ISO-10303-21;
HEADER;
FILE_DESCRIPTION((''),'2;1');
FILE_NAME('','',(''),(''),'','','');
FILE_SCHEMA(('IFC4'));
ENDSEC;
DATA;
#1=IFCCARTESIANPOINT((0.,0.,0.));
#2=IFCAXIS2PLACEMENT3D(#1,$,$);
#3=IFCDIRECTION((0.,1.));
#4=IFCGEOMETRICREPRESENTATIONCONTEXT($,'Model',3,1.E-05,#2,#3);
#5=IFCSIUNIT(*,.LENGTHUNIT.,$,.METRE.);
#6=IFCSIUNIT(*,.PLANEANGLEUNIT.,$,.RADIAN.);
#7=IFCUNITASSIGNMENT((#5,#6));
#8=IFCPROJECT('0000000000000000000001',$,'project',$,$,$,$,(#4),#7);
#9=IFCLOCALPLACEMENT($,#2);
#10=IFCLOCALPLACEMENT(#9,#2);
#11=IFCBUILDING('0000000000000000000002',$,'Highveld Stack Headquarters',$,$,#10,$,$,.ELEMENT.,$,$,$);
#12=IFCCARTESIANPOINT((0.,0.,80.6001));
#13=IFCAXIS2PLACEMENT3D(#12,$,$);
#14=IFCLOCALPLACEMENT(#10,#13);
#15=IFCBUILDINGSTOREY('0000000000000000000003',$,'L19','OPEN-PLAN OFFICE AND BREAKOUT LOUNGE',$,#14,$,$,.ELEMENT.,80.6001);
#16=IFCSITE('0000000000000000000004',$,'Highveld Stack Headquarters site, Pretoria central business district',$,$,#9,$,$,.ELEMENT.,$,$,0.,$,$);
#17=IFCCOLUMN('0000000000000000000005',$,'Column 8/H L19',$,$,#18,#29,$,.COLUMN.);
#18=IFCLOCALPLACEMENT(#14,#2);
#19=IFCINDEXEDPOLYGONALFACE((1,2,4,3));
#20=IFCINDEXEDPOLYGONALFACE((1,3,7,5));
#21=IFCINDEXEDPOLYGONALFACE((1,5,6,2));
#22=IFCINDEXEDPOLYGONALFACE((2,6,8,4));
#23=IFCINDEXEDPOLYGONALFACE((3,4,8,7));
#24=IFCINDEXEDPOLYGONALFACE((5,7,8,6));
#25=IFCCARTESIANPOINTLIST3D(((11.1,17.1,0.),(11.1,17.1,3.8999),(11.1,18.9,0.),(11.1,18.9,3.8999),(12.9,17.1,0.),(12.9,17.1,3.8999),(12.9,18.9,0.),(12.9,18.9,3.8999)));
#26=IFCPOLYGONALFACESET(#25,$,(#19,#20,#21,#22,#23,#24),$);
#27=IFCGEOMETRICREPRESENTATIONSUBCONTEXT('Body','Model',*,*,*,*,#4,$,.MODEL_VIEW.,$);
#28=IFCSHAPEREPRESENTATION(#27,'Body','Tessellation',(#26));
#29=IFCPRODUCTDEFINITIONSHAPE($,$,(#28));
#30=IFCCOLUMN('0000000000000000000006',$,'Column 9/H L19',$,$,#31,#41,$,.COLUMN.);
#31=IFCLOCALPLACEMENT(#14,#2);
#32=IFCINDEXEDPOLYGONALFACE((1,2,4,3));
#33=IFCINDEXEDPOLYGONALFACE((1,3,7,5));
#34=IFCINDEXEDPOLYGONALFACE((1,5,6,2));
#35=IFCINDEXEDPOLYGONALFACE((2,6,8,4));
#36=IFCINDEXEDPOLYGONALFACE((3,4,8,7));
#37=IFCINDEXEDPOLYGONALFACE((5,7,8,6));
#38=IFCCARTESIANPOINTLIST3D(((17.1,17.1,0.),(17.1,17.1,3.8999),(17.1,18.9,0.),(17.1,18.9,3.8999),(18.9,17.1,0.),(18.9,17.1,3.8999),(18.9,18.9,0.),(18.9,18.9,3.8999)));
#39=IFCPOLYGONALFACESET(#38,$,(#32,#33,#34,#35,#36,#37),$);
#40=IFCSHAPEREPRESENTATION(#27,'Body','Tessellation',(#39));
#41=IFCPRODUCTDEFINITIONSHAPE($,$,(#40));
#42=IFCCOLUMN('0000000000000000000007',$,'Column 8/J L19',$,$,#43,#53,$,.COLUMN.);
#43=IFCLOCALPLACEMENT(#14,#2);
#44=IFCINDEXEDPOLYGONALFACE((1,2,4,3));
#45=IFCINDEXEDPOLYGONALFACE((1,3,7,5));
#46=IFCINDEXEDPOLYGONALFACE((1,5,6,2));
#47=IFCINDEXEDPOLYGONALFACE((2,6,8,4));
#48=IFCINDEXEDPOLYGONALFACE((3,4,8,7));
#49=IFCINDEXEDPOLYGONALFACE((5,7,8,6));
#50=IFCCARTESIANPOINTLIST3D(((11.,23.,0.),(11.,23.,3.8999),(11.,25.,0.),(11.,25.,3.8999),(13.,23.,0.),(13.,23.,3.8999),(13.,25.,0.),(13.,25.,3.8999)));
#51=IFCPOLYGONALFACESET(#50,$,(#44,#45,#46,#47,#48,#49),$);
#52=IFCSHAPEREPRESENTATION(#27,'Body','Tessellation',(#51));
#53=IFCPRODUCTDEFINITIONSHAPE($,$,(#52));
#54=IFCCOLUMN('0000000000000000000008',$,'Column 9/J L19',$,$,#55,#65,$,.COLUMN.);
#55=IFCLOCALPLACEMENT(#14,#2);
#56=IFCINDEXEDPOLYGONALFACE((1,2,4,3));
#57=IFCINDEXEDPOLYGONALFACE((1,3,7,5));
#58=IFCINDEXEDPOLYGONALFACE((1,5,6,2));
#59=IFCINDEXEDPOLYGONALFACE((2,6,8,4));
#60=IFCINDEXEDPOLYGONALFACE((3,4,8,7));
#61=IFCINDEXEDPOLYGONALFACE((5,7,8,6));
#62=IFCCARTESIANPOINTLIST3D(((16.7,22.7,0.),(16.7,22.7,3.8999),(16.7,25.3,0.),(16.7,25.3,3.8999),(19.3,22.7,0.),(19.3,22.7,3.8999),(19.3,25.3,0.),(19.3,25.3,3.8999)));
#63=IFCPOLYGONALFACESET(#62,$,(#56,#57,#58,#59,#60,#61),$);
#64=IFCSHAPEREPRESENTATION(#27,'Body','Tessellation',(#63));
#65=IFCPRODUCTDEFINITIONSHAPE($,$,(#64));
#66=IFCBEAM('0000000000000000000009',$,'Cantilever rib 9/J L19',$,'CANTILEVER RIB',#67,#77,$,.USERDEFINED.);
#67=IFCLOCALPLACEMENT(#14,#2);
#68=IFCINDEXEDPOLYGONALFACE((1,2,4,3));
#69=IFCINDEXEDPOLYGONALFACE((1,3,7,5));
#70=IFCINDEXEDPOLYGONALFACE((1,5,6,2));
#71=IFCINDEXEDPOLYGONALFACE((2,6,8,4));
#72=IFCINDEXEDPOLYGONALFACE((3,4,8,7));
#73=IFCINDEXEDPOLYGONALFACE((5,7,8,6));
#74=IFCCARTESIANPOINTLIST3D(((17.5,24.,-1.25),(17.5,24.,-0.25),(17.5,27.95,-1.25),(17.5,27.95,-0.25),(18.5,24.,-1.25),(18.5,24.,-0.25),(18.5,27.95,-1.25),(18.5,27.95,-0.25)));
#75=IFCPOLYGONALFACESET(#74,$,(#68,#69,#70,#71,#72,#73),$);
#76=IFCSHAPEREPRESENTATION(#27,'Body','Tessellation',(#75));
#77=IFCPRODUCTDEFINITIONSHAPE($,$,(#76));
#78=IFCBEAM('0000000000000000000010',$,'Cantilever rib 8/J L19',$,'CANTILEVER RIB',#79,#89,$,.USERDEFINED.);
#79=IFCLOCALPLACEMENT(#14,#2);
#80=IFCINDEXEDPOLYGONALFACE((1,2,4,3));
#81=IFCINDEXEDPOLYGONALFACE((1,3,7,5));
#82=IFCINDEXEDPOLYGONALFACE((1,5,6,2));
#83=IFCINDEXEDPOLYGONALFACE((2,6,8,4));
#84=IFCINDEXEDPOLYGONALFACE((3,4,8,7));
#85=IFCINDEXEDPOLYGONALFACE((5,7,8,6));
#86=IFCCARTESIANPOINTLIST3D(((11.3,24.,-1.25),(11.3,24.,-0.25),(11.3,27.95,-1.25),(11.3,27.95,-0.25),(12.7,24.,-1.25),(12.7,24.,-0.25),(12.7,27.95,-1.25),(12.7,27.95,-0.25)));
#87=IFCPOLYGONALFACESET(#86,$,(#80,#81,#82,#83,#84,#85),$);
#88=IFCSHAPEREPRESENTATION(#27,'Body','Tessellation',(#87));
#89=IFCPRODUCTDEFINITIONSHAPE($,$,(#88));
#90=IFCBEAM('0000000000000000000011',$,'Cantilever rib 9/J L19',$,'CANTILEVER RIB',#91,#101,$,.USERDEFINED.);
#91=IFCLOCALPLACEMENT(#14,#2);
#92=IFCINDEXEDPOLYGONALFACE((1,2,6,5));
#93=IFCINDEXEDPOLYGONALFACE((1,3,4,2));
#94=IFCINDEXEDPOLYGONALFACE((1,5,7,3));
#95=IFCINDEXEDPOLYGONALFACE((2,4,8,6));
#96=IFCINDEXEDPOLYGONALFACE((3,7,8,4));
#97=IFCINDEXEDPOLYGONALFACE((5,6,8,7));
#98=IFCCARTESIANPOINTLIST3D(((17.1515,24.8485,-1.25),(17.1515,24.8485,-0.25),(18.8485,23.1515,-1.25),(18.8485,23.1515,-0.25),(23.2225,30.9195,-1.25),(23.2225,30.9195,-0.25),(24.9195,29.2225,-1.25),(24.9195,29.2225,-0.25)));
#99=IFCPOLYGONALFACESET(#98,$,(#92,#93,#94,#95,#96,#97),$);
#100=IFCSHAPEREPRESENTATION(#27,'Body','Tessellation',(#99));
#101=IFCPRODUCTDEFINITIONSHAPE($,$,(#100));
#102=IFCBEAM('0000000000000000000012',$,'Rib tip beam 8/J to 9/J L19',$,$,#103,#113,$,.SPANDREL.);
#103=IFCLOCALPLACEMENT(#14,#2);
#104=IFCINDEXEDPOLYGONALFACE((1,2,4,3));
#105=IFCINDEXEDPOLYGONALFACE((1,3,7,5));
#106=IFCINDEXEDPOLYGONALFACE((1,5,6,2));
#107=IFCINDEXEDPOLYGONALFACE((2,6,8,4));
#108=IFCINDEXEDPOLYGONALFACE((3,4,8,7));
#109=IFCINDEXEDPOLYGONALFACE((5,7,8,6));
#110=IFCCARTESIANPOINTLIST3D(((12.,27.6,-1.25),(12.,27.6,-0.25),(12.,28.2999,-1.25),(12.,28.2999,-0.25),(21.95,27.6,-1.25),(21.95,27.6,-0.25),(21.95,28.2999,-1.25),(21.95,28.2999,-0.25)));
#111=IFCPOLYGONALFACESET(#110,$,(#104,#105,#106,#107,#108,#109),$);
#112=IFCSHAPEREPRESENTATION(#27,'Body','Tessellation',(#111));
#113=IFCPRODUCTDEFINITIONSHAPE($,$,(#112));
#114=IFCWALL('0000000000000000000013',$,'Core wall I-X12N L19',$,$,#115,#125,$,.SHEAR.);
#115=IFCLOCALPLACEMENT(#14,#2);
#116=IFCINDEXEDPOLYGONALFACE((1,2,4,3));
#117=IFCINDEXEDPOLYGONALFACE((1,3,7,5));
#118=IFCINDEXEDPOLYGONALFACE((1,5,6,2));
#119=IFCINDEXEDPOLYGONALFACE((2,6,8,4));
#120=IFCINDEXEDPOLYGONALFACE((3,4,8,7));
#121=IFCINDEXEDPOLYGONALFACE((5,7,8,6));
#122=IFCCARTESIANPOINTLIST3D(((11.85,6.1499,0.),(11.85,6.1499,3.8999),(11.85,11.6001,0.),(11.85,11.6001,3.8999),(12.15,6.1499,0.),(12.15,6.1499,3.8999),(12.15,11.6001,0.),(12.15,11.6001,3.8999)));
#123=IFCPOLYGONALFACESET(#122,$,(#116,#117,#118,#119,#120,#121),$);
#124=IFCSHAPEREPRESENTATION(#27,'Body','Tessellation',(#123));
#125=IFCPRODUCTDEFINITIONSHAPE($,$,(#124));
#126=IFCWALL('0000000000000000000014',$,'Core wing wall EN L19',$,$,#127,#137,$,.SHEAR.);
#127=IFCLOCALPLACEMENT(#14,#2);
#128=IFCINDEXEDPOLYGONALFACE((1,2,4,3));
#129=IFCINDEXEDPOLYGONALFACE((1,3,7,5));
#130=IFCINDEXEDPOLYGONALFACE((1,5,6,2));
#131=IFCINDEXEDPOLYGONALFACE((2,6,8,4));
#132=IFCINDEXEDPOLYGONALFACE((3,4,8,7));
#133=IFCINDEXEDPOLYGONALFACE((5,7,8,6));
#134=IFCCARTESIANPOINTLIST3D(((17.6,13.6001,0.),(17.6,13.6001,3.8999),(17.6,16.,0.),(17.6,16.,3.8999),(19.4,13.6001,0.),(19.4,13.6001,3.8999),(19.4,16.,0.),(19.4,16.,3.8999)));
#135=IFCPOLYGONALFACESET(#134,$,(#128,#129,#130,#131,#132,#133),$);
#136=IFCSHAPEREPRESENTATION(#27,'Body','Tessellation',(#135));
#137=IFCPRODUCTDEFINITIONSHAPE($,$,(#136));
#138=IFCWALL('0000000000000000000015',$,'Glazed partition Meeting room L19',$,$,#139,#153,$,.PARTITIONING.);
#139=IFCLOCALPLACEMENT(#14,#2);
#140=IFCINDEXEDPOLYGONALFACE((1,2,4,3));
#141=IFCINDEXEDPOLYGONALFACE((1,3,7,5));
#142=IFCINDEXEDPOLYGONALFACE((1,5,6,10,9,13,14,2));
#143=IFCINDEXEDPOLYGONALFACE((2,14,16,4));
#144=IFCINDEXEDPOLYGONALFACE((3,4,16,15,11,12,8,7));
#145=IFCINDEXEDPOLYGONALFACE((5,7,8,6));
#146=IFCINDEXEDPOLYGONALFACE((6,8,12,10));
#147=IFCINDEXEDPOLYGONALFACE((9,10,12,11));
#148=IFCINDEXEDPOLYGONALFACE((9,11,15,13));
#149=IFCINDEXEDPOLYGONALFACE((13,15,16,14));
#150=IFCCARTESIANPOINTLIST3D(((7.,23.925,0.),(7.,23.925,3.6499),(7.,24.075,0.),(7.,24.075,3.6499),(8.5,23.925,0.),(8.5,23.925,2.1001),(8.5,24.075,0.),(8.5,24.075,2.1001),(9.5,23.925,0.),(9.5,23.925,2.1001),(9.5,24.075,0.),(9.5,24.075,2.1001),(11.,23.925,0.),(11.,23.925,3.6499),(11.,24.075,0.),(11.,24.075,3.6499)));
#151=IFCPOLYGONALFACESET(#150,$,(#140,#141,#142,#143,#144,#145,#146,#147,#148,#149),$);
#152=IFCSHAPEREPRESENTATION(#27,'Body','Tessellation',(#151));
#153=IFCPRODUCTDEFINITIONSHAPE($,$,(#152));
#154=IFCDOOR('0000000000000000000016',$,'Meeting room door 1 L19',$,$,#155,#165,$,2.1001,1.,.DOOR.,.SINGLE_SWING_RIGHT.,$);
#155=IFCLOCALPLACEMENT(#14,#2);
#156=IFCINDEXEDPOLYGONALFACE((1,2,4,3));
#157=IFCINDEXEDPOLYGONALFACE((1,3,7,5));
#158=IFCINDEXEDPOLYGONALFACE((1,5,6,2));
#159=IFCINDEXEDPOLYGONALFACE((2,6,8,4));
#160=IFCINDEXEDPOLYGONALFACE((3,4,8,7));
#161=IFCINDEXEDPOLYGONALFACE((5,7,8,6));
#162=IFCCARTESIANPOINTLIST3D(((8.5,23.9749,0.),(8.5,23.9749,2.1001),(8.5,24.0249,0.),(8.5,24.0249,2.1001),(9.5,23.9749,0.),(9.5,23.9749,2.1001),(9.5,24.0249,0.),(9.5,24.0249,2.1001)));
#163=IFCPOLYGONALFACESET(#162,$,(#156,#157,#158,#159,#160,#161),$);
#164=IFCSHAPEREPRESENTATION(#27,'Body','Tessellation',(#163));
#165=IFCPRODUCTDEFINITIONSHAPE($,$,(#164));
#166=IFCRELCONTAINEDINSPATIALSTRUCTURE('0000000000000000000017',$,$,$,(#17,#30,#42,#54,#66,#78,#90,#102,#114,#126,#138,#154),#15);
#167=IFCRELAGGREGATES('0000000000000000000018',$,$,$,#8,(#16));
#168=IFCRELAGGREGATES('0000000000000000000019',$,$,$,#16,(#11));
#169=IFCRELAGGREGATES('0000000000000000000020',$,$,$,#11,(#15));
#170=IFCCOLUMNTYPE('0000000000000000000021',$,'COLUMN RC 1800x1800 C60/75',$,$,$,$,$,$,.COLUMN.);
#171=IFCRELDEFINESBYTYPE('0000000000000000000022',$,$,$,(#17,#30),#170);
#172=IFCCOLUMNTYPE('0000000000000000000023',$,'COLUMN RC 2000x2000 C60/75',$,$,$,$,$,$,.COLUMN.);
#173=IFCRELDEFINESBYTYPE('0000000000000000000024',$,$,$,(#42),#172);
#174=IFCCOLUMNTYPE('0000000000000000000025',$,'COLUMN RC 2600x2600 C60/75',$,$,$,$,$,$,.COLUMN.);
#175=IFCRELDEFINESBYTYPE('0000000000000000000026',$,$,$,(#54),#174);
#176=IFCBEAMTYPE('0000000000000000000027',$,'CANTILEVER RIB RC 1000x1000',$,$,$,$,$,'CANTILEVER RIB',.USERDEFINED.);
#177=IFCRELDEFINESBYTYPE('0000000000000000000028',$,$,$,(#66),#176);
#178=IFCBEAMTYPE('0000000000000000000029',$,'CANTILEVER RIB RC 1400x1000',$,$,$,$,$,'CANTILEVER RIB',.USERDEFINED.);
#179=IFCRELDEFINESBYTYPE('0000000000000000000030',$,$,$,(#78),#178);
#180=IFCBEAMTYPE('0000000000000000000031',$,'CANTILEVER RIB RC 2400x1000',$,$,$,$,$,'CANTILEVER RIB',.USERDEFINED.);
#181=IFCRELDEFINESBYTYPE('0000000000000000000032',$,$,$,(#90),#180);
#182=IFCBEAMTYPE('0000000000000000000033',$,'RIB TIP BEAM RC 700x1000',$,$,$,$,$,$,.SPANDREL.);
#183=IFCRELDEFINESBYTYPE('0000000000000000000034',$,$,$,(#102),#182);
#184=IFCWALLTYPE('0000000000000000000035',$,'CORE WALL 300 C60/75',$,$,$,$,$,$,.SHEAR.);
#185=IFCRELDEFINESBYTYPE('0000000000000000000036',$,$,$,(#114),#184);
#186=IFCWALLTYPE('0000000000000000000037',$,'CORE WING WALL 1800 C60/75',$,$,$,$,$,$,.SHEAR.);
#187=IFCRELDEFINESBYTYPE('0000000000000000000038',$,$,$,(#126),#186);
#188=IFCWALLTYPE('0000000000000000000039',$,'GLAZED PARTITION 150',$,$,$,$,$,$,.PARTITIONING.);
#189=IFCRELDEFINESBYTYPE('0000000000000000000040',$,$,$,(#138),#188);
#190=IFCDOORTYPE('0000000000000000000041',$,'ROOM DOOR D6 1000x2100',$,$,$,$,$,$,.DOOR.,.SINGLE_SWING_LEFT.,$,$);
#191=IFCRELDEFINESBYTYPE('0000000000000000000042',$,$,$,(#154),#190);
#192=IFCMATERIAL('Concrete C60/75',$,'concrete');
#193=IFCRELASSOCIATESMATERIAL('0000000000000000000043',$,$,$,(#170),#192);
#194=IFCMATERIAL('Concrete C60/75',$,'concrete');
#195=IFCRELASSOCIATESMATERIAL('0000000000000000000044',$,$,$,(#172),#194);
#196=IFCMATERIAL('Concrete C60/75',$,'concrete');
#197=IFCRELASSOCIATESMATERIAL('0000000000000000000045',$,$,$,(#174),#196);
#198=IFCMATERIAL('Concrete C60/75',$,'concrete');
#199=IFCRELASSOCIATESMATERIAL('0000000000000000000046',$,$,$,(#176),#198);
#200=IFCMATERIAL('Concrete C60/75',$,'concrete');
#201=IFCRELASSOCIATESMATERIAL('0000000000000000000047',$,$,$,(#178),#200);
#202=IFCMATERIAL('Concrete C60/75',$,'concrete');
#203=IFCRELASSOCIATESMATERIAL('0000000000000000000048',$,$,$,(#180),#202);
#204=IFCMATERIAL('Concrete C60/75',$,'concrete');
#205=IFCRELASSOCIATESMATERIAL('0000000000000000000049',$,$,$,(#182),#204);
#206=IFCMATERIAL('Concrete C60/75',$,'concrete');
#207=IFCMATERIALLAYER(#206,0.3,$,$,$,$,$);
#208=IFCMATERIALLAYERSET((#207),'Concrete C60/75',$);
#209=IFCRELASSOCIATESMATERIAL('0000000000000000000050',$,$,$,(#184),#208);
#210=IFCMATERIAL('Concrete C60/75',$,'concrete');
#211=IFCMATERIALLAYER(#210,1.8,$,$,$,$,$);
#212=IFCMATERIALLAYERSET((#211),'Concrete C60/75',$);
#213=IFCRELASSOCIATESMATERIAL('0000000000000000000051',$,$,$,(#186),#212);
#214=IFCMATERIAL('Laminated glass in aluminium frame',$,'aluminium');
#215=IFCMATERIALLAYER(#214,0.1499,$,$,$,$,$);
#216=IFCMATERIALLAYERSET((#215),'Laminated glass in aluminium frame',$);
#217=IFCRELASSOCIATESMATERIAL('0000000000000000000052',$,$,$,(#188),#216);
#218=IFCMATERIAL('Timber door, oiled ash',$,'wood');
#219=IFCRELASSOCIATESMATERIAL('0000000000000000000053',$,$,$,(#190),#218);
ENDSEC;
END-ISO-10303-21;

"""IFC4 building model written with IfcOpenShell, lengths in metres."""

from ifc_helpers import new_model, si_unit, direction, frame, frame_2d, origin, origin_2d, place, context, subcontext, project, spatial, rectangle, extrude, material, layer, layer_set, material_profile, profile_set, type_object, element, fill, save


model = new_model("IFC4")

# Units and contexts
model_context = context("Model", 3, precision=1e-05, world=origin(), true_north=direction((0.0, 1.0)))
body_context = subcontext(model_context, "Body", "Model", "MODEL_VIEW")
ifc_project = project(units=[si_unit("LENGTHUNIT", "METRE"), si_unit("PLANEANGLEUNIT", "RADIAN")], contexts=[model_context])

# Site, building, storey
site_placement = place(None, origin())
site = spatial("IfcSite", under=ifc_project, at=site_placement, Name="Highveld Stack Headquarters site, Pretoria central business district", CompositionType="ELEMENT", RefElevation=0.0)
building_placement = place(site_placement, origin())
building = spatial("IfcBuilding", under=site, at=building_placement, Name="Highveld Stack Headquarters", CompositionType="ELEMENT")
storey_placement = place(building_placement, frame((0.0, 0.0, 80.6001)))
storey = spatial("IfcBuildingStorey", under=building, at=storey_placement, Name="L19", Description="OPEN-PLAN OFFICE AND BREAKOUT LOUNGE", CompositionType="ELEMENT", Elevation=80.6001)

# Columns
ifc_material_1 = material(Name="Concrete C60/75", Category="concrete")
ifc_material_profile_1 = material_profile(ifc_material_1, rectangle(XDim=1.8, YDim=1.8, at=origin_2d()), Name="RC 1800x1800")
ifc_profile_set_1 = profile_set([ifc_material_profile_1], Name="Concrete C60/75")
column_type_1 = type_object("IfcColumnType", Name="COLUMN RC 1800x1800 C60/75", PredefinedType="COLUMN", material=ifc_profile_set_1)
for number, where, z_axis, x_axis, name in (
    (1, (12.0, 18.0, 0.0), (0.0, 0.0, 1.0), (1.0, 0.0, 0.0), "Column 8/H L19"),
    (2, (18.0, 18.0, 0.0), (0.0, 0.0, 1.0), (1.0, 0.0, 0.0), "Column 9/H L19"),
):
    element("IfcColumn", number, at=place(storey_placement, frame(where, z_axis=z_axis, x_axis=x_axis)), inside=storey, type_object=column_type_1, Name=name, PredefinedType="COLUMN", context=body_context, shape_type="SweptSolid", body=[
        extrude(rectangle(XDim=1.8, YDim=1.8, at=origin_2d()), origin(), (0.0, 0.0, 1.0), 3.8999),
    ])
ifc_material_2 = material(Name="Concrete C60/75", Category="concrete")
ifc_material_profile_2 = material_profile(ifc_material_2, rectangle(XDim=2.0, YDim=2.0, at=origin_2d()), Name="RC 2000x2000")
ifc_profile_set_2 = profile_set([ifc_material_profile_2], Name="Concrete C60/75")
column_type_2 = type_object("IfcColumnType", Name="COLUMN RC 2000x2000 C60/75", PredefinedType="COLUMN", material=ifc_profile_set_2)
column_1_placement = place(storey_placement, frame((12.0, 24.0, 0.0), z_axis=(0.0, 0.0, 1.0), x_axis=(1.0, 0.0, 0.0)))
element("IfcColumn", 3, at=column_1_placement, inside=storey, type_object=column_type_2, Name="Column 8/J L19", PredefinedType="COLUMN", context=body_context, shape_type="SweptSolid", body=[
    extrude(rectangle(XDim=2.0, YDim=2.0, at=origin_2d()), origin(), (0.0, 0.0, 1.0), 3.8999),
])
ifc_material_3 = material(Name="Concrete C60/75", Category="concrete")
ifc_material_profile_3 = material_profile(ifc_material_3, rectangle(XDim=2.6001, YDim=2.6001, at=origin_2d()), Name="RC 2600x2600")
ifc_profile_set_3 = profile_set([ifc_material_profile_3], Name="Concrete C60/75")
column_type_3 = type_object("IfcColumnType", Name="COLUMN RC 2600x2600 C60/75", PredefinedType="COLUMN", material=ifc_profile_set_3)
column_2_placement = place(storey_placement, frame((18.0, 24.0, 0.0), z_axis=(0.0, 0.0, 1.0), x_axis=(1.0, 0.0, 0.0)))
element("IfcColumn", 4, at=column_2_placement, inside=storey, type_object=column_type_3, Name="Column 9/J L19", PredefinedType="COLUMN", context=body_context, shape_type="SweptSolid", body=[
    extrude(rectangle(XDim=2.6001, YDim=2.6001, at=origin_2d()), origin(), (0.0, 0.0, 1.0), 3.8999),
])

# Beams
ifc_material_4 = material(Name="Concrete C60/75", Category="concrete")
ifc_material_profile_4 = material_profile(ifc_material_4, rectangle(XDim=1.0, YDim=1.0, at=origin_2d()), Name="RC 1000x1000")
ifc_profile_set_4 = profile_set([ifc_material_profile_4], Name="Concrete C60/75")
beam_type_1 = type_object("IfcBeamType", Name="CANTILEVER RIB RC 1000x1000", ElementType="CANTILEVER RIB", PredefinedType="USERDEFINED", material=ifc_profile_set_4)
beam_1_placement = place(storey_placement, frame((18.0, 24.0, -0.75), z_axis=(0.0, 1.0, 0.0), x_axis=(-1.0, 0.0, 0.0)))
element("IfcBeam", 5, at=beam_1_placement, inside=storey, type_object=beam_type_1, Name="Cantilever rib 9/J L19", ObjectType="CANTILEVER RIB", PredefinedType="USERDEFINED", context=body_context, shape_type="SweptSolid", body=[
    extrude(rectangle(XDim=1.0, YDim=1.0, at=origin_2d()), origin(), (0.0, 0.0, 1.0), 3.95),
])
ifc_material_5 = material(Name="Concrete C60/75", Category="concrete")
ifc_material_profile_5 = material_profile(ifc_material_5, rectangle(XDim=1.3999, YDim=1.0, at=origin_2d()), Name="RC 1400x1000")
ifc_profile_set_5 = profile_set([ifc_material_profile_5], Name="Concrete C60/75")
beam_type_2 = type_object("IfcBeamType", Name="CANTILEVER RIB RC 1400x1000", ElementType="CANTILEVER RIB", PredefinedType="USERDEFINED", material=ifc_profile_set_5)
beam_2_placement = place(storey_placement, frame((12.0, 24.0, -0.75), z_axis=(0.0, 1.0, 0.0), x_axis=(-1.0, 0.0, 0.0)))
element("IfcBeam", 6, at=beam_2_placement, inside=storey, type_object=beam_type_2, Name="Cantilever rib 8/J L19", ObjectType="CANTILEVER RIB", PredefinedType="USERDEFINED", context=body_context, shape_type="SweptSolid", body=[
    extrude(rectangle(XDim=1.3999, YDim=1.0, at=origin_2d()), origin(), (0.0, 0.0, 1.0), 3.95),
])
ifc_material_6 = material(Name="Concrete C60/75", Category="concrete")
ifc_material_profile_6 = material_profile(ifc_material_6, rectangle(XDim=2.3999, YDim=1.0, at=origin_2d()), Name="RC 2400x1000")
ifc_profile_set_6 = profile_set([ifc_material_profile_6], Name="Concrete C60/75")
beam_type_3 = type_object("IfcBeamType", Name="CANTILEVER RIB RC 2400x1000", ElementType="CANTILEVER RIB", PredefinedType="USERDEFINED", material=ifc_profile_set_6)
beam_3_placement = place(storey_placement, frame((18.0, 24.0, -0.75), z_axis=(0.707107, 0.707107, 0.0), x_axis=(-0.707107, 0.707107, 0.0)))
element("IfcBeam", 7, at=beam_3_placement, inside=storey, type_object=beam_type_3, Name="Cantilever rib 9/J L19", ObjectType="CANTILEVER RIB", PredefinedType="USERDEFINED", context=body_context, shape_type="SweptSolid", body=[
    extrude(rectangle(XDim=2.3999, YDim=1.0, at=origin_2d()), origin(), (0.0, 0.0, 1.0), 8.5857),
])
ifc_material_7 = material(Name="Concrete C60/75", Category="concrete")
ifc_material_profile_7 = material_profile(ifc_material_7, rectangle(XDim=0.7, YDim=1.0, at=origin_2d()), Name="RC 700x1000")
ifc_profile_set_7 = profile_set([ifc_material_profile_7], Name="Concrete C60/75")
beam_type_4 = type_object("IfcBeamType", Name="RIB TIP BEAM RC 700x1000", PredefinedType="SPANDREL", material=ifc_profile_set_7)
beam_4_placement = place(storey_placement, frame((12.0, 27.95, -0.75), z_axis=(1.0, 0.0, 0.0), x_axis=(0.0, 1.0, 0.0)))
element("IfcBeam", 8, at=beam_4_placement, inside=storey, type_object=beam_type_4, Name="Rib tip beam 8/J to 9/J L19", PredefinedType="SPANDREL", context=body_context, shape_type="SweptSolid", body=[
    extrude(rectangle(XDim=0.7, YDim=1.0, at=origin_2d()), origin(), (0.0, 0.0, 1.0), 9.95),
])

# Walls
ifc_material_8 = material(Name="Concrete C60/75", Category="concrete")
ifc_layer_1 = layer(ifc_material_8, 0.3)
ifc_layer_set_1 = layer_set([ifc_layer_1], Name="Concrete C60/75")
wall_type_1 = type_object("IfcWallType", Name="CORE WALL 300 C60/75", PredefinedType="SHEAR", material=ifc_layer_set_1)
wall_1_placement = place(storey_placement, frame((12.0, 6.1499, 0.0), z_axis=(0.0, 0.0, 1.0), x_axis=(0.0, 1.0, 0.0)))
element("IfcWall", 9, at=wall_1_placement, inside=storey, type_object=wall_type_1, Name="Core wall I-X12N L19", PredefinedType="SHEAR", context=body_context, shape_type="SweptSolid", body=[
    extrude(rectangle(XDim=5.4502, YDim=0.3, at=frame_2d((2.7251, 0.0))), origin(), (0.0, 0.0, 1.0), 3.8999),
])
ifc_material_9 = material(Name="Concrete C60/75", Category="concrete")
ifc_layer_2 = layer(ifc_material_9, 1.8)
ifc_layer_set_2 = layer_set([ifc_layer_2], Name="Concrete C60/75")
wall_type_2 = type_object("IfcWallType", Name="CORE WING WALL 1800 C60/75", PredefinedType="SHEAR", material=ifc_layer_set_2)
wall_2_placement = place(storey_placement, frame((18.5, 13.6001, 0.0), z_axis=(0.0, 0.0, 1.0), x_axis=(0.0, 1.0, 0.0)))
element("IfcWall", 10, at=wall_2_placement, inside=storey, type_object=wall_type_2, Name="Core wing wall EN L19", PredefinedType="SHEAR", context=body_context, shape_type="SweptSolid", body=[
    extrude(rectangle(XDim=2.3999, YDim=1.8, at=frame_2d((1.2, 0.0))), origin(), (0.0, 0.0, 1.0), 3.8999),
])

# Wall, opening, door
ifc_material_10 = material(Name="Laminated glass in aluminium frame", Category="aluminium")
ifc_layer_3 = layer(ifc_material_10, 0.1499)
ifc_layer_set_3 = layer_set([ifc_layer_3], Name="Laminated glass in aluminium frame")
wall_type_3 = type_object("IfcWallType", Name="GLAZED PARTITION 150", PredefinedType="PARTITIONING", material=ifc_layer_set_3)
wall_3_placement = place(storey_placement, frame((7.0, 24.0, 0.0), z_axis=(0.0, 0.0, 1.0), x_axis=(1.0, 0.0, 0.0)))
wall_3 = element("IfcWall", 11, at=wall_3_placement, inside=storey, type_object=wall_type_3, Name="Glazed partition Meeting room L19", PredefinedType="PARTITIONING", context=body_context, shape_type="SweptSolid", body=[
    extrude(rectangle(XDim=4.0, YDim=0.1499, at=frame_2d((2.0, 0.0))), origin(), (0.0, 0.0, 1.0), 3.6499),
])
opening_1_placement = place(wall_3_placement, frame((1.5, 0.0, 0.0)))
opening_1 = element("IfcOpeningElement", 12, at=opening_1_placement, cuts=wall_3, PredefinedType="OPENING", context=body_context, shape_type="SweptSolid", body=[
    extrude(rectangle(XDim=1.0, YDim=2.1001, at=frame_2d((0.5, 1.05))), frame((0.0, 0.085, 0.0), z_axis=(0.0, -1.0, 0.0), x_axis=(1.0, 0.0, 0.0)), (0.0, 0.0, 1.0), 0.1699),
])
ifc_material_11 = material(Name="Timber door, oiled ash", Category="wood")
door_type = type_object("IfcDoorType", Name="ROOM DOOR D6 1000x2100", OperationType="SINGLE_SWING_LEFT", PredefinedType="DOOR", material=ifc_material_11)
door_1_placement = place(opening_1_placement, origin())
door_1 = element("IfcDoor", 13, at=door_1_placement, inside=storey, type_object=door_type, Name="Meeting room door 1 L19", OperationType="SINGLE_SWING_RIGHT", OverallHeight=2.1001, OverallWidth=1.0, PredefinedType="DOOR", context=body_context, shape_type="SweptSolid", body=[
    extrude(rectangle(XDim=1.0, YDim=2.1001, at=frame_2d((0.5, 1.05))), frame((0.0, 0.0249, 0.0), z_axis=(0.0, -1.0, 0.0), x_axis=(1.0, 0.0, 0.0)), (0.0, 0.0, 1.0), 0.05),
])
fill(opening_1, door_1)

save(model, "model.ifc")
